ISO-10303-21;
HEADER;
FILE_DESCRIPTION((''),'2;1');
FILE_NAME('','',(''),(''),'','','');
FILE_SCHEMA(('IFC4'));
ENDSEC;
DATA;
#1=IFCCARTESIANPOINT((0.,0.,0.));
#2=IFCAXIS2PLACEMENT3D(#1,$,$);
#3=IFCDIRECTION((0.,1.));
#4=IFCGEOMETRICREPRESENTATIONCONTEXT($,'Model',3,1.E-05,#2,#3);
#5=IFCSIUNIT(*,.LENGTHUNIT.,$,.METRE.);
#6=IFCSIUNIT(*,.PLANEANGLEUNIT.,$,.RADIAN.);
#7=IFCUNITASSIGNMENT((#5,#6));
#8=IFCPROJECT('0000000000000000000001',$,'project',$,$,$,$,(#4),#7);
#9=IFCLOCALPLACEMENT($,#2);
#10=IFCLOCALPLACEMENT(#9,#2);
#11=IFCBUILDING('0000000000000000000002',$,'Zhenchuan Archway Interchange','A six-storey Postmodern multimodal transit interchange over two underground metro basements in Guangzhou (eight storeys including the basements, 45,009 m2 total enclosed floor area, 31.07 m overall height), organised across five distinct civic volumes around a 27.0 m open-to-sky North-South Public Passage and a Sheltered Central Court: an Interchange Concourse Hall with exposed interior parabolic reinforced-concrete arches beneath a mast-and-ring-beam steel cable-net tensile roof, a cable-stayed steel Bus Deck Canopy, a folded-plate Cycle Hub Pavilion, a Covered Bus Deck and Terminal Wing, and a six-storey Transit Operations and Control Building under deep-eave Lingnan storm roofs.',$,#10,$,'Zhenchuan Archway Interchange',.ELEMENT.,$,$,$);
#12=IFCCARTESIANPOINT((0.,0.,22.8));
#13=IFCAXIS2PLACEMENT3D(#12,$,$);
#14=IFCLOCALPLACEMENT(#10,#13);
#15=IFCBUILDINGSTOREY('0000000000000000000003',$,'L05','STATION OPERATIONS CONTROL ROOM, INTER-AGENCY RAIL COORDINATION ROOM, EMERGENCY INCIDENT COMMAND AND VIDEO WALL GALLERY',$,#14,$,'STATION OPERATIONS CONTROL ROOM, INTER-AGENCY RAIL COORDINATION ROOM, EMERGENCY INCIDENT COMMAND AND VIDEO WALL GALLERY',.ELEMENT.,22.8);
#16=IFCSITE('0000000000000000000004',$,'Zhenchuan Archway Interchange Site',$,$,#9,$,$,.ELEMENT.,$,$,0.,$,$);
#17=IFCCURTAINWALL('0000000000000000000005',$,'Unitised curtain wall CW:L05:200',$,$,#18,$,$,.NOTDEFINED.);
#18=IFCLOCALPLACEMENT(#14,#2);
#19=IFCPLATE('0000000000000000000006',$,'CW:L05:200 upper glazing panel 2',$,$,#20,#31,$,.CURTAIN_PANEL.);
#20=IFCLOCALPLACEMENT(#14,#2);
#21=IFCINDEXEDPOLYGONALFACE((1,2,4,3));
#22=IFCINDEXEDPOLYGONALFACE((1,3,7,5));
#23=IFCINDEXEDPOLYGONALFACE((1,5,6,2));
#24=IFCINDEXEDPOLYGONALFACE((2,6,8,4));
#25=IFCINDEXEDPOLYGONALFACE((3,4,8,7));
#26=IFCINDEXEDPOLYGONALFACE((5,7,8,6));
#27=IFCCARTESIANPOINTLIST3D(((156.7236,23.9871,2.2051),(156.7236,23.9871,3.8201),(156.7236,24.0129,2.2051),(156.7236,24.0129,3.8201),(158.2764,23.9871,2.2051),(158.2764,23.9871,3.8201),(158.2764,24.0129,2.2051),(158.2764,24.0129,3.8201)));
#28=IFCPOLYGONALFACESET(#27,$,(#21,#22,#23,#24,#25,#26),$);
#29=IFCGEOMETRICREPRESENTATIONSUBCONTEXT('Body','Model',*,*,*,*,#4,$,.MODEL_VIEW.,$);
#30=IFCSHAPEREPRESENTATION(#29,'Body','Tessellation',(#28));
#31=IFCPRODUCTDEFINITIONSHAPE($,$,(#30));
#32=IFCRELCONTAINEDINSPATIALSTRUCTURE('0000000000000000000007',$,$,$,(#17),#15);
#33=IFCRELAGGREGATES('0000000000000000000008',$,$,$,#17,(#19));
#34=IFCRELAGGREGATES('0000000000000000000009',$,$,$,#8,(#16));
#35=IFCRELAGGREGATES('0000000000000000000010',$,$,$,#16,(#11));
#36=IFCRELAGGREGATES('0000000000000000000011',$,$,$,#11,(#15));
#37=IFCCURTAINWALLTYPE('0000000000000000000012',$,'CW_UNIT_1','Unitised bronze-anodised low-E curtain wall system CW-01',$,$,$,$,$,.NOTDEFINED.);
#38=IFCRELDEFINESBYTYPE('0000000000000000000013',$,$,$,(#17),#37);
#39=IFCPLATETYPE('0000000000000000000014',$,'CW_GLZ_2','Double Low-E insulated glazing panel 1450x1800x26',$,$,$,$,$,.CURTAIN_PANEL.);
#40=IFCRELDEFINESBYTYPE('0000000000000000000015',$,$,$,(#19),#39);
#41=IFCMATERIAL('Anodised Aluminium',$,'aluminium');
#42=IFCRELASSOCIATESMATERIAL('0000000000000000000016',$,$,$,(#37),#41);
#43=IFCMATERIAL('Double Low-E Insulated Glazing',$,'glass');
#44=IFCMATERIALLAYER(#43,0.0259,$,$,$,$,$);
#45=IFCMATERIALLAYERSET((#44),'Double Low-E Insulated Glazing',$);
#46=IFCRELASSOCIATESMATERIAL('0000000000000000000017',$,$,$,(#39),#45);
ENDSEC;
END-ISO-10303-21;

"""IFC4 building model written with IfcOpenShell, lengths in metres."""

from ifc_helpers import new_model, si_unit, direction, frame, origin, origin_2d, place, context, subcontext, project, spatial, rectangle, extrude, material, layer, layer_set, type_object, element, aggregate, save


model = new_model("IFC4")

# Units and contexts
model_context = context("Model", 3, precision=1e-05, world=origin(), true_north=direction((0.0, 1.0)))
body_context = subcontext(model_context, "Body", "Model", "MODEL_VIEW")
ifc_project = project(units=[si_unit("LENGTHUNIT", "METRE"), si_unit("PLANEANGLEUNIT", "RADIAN")], contexts=[model_context])

# Site, building, storey
site_placement = place(None, origin())
site = spatial("IfcSite", under=ifc_project, at=site_placement, Name="Zhenchuan Archway Interchange Site", CompositionType="ELEMENT", RefElevation=0.0)
building_placement = place(site_placement, origin())
building = spatial("IfcBuilding", under=site, at=building_placement, Name="Zhenchuan Archway Interchange", Description="A six-storey Postmodern multimodal transit interchange over two underground metro basements in Guangzhou (eight storeys including the basements, 45,009 m2 total enclosed floor area, 31.07 m overall height), organised across five distinct civic volumes around a 27.0 m open-to-sky North-South Public Passage and a Sheltered Central Court: an Interchange Concourse Hall with exposed interior parabolic reinforced-concrete arches beneath a mast-and-ring-beam steel cable-net tensile roof, a cable-stayed steel Bus Deck Canopy, a folded-plate Cycle Hub Pavilion, a Covered Bus Deck and Terminal Wing, and a six-storey Transit Operations and Control Building under deep-eave Lingnan storm roofs.", LongName="Zhenchuan Archway Interchange", CompositionType="ELEMENT")
storey_placement = place(building_placement, frame((0.0, 0.0, 22.8)))
storey = spatial("IfcBuildingStorey", under=building, at=storey_placement, Name="L05", Description="STATION OPERATIONS CONTROL ROOM, INTER-AGENCY RAIL COORDINATION ROOM, EMERGENCY INCIDENT COMMAND AND VIDEO WALL GALLERY", LongName="STATION OPERATIONS CONTROL ROOM, INTER-AGENCY RAIL COORDINATION ROOM, EMERGENCY INCIDENT COMMAND AND VIDEO WALL GALLERY", CompositionType="ELEMENT", Elevation=22.8)

# Curtain wall
ifc_material_1 = material(Name="Anodised Aluminium", Category="aluminium")
curtain_wall_type = type_object("IfcCurtainWallType", Name="CW_UNIT_1", Description="Unitised bronze-anodised low-E curtain wall system CW-01", PredefinedType="NOTDEFINED", material=ifc_material_1)
curtain_wall_placement = place(storey_placement, origin())
curtain_wall = element("IfcCurtainWall", 1, at=curtain_wall_placement, inside=storey, type_object=curtain_wall_type, Name="Unitised curtain wall CW:L05:200", PredefinedType="NOTDEFINED")

# Plate
ifc_material_2 = material(Name="Double Low-E Insulated Glazing", Category="glass")
ifc_layer_1 = layer(ifc_material_2, 0.0259)
ifc_layer_set_1 = layer_set([ifc_layer_1], Name="Double Low-E Insulated Glazing")
plate_type_1 = type_object("IfcPlateType", Name="CW_GLZ_2", Description="Double Low-E insulated glazing panel 1450x1800x26", PredefinedType="CURTAIN_PANEL", material=ifc_layer_set_1)
plate_1_placement = place(storey_placement, frame((157.5, 24.0, 2.2051), z_axis=(0.0, 0.0, 1.0), x_axis=(-1.0, 0.0, 0.0)))
plate_1 = element("IfcPlate", 2, at=plate_1_placement, type_object=plate_type_1, Name="CW:L05:200 upper glazing panel 2", PredefinedType="CURTAIN_PANEL", context=body_context, shape_type="SweptSolid", body=[
    extrude(rectangle(XDim=1.5527, YDim=0.0259, at=origin_2d()), origin(), (0.0, 0.0, 1.0), 1.615),
])
aggregate(curtain_wall, [plate_1])

save(model, "model.ifc")
